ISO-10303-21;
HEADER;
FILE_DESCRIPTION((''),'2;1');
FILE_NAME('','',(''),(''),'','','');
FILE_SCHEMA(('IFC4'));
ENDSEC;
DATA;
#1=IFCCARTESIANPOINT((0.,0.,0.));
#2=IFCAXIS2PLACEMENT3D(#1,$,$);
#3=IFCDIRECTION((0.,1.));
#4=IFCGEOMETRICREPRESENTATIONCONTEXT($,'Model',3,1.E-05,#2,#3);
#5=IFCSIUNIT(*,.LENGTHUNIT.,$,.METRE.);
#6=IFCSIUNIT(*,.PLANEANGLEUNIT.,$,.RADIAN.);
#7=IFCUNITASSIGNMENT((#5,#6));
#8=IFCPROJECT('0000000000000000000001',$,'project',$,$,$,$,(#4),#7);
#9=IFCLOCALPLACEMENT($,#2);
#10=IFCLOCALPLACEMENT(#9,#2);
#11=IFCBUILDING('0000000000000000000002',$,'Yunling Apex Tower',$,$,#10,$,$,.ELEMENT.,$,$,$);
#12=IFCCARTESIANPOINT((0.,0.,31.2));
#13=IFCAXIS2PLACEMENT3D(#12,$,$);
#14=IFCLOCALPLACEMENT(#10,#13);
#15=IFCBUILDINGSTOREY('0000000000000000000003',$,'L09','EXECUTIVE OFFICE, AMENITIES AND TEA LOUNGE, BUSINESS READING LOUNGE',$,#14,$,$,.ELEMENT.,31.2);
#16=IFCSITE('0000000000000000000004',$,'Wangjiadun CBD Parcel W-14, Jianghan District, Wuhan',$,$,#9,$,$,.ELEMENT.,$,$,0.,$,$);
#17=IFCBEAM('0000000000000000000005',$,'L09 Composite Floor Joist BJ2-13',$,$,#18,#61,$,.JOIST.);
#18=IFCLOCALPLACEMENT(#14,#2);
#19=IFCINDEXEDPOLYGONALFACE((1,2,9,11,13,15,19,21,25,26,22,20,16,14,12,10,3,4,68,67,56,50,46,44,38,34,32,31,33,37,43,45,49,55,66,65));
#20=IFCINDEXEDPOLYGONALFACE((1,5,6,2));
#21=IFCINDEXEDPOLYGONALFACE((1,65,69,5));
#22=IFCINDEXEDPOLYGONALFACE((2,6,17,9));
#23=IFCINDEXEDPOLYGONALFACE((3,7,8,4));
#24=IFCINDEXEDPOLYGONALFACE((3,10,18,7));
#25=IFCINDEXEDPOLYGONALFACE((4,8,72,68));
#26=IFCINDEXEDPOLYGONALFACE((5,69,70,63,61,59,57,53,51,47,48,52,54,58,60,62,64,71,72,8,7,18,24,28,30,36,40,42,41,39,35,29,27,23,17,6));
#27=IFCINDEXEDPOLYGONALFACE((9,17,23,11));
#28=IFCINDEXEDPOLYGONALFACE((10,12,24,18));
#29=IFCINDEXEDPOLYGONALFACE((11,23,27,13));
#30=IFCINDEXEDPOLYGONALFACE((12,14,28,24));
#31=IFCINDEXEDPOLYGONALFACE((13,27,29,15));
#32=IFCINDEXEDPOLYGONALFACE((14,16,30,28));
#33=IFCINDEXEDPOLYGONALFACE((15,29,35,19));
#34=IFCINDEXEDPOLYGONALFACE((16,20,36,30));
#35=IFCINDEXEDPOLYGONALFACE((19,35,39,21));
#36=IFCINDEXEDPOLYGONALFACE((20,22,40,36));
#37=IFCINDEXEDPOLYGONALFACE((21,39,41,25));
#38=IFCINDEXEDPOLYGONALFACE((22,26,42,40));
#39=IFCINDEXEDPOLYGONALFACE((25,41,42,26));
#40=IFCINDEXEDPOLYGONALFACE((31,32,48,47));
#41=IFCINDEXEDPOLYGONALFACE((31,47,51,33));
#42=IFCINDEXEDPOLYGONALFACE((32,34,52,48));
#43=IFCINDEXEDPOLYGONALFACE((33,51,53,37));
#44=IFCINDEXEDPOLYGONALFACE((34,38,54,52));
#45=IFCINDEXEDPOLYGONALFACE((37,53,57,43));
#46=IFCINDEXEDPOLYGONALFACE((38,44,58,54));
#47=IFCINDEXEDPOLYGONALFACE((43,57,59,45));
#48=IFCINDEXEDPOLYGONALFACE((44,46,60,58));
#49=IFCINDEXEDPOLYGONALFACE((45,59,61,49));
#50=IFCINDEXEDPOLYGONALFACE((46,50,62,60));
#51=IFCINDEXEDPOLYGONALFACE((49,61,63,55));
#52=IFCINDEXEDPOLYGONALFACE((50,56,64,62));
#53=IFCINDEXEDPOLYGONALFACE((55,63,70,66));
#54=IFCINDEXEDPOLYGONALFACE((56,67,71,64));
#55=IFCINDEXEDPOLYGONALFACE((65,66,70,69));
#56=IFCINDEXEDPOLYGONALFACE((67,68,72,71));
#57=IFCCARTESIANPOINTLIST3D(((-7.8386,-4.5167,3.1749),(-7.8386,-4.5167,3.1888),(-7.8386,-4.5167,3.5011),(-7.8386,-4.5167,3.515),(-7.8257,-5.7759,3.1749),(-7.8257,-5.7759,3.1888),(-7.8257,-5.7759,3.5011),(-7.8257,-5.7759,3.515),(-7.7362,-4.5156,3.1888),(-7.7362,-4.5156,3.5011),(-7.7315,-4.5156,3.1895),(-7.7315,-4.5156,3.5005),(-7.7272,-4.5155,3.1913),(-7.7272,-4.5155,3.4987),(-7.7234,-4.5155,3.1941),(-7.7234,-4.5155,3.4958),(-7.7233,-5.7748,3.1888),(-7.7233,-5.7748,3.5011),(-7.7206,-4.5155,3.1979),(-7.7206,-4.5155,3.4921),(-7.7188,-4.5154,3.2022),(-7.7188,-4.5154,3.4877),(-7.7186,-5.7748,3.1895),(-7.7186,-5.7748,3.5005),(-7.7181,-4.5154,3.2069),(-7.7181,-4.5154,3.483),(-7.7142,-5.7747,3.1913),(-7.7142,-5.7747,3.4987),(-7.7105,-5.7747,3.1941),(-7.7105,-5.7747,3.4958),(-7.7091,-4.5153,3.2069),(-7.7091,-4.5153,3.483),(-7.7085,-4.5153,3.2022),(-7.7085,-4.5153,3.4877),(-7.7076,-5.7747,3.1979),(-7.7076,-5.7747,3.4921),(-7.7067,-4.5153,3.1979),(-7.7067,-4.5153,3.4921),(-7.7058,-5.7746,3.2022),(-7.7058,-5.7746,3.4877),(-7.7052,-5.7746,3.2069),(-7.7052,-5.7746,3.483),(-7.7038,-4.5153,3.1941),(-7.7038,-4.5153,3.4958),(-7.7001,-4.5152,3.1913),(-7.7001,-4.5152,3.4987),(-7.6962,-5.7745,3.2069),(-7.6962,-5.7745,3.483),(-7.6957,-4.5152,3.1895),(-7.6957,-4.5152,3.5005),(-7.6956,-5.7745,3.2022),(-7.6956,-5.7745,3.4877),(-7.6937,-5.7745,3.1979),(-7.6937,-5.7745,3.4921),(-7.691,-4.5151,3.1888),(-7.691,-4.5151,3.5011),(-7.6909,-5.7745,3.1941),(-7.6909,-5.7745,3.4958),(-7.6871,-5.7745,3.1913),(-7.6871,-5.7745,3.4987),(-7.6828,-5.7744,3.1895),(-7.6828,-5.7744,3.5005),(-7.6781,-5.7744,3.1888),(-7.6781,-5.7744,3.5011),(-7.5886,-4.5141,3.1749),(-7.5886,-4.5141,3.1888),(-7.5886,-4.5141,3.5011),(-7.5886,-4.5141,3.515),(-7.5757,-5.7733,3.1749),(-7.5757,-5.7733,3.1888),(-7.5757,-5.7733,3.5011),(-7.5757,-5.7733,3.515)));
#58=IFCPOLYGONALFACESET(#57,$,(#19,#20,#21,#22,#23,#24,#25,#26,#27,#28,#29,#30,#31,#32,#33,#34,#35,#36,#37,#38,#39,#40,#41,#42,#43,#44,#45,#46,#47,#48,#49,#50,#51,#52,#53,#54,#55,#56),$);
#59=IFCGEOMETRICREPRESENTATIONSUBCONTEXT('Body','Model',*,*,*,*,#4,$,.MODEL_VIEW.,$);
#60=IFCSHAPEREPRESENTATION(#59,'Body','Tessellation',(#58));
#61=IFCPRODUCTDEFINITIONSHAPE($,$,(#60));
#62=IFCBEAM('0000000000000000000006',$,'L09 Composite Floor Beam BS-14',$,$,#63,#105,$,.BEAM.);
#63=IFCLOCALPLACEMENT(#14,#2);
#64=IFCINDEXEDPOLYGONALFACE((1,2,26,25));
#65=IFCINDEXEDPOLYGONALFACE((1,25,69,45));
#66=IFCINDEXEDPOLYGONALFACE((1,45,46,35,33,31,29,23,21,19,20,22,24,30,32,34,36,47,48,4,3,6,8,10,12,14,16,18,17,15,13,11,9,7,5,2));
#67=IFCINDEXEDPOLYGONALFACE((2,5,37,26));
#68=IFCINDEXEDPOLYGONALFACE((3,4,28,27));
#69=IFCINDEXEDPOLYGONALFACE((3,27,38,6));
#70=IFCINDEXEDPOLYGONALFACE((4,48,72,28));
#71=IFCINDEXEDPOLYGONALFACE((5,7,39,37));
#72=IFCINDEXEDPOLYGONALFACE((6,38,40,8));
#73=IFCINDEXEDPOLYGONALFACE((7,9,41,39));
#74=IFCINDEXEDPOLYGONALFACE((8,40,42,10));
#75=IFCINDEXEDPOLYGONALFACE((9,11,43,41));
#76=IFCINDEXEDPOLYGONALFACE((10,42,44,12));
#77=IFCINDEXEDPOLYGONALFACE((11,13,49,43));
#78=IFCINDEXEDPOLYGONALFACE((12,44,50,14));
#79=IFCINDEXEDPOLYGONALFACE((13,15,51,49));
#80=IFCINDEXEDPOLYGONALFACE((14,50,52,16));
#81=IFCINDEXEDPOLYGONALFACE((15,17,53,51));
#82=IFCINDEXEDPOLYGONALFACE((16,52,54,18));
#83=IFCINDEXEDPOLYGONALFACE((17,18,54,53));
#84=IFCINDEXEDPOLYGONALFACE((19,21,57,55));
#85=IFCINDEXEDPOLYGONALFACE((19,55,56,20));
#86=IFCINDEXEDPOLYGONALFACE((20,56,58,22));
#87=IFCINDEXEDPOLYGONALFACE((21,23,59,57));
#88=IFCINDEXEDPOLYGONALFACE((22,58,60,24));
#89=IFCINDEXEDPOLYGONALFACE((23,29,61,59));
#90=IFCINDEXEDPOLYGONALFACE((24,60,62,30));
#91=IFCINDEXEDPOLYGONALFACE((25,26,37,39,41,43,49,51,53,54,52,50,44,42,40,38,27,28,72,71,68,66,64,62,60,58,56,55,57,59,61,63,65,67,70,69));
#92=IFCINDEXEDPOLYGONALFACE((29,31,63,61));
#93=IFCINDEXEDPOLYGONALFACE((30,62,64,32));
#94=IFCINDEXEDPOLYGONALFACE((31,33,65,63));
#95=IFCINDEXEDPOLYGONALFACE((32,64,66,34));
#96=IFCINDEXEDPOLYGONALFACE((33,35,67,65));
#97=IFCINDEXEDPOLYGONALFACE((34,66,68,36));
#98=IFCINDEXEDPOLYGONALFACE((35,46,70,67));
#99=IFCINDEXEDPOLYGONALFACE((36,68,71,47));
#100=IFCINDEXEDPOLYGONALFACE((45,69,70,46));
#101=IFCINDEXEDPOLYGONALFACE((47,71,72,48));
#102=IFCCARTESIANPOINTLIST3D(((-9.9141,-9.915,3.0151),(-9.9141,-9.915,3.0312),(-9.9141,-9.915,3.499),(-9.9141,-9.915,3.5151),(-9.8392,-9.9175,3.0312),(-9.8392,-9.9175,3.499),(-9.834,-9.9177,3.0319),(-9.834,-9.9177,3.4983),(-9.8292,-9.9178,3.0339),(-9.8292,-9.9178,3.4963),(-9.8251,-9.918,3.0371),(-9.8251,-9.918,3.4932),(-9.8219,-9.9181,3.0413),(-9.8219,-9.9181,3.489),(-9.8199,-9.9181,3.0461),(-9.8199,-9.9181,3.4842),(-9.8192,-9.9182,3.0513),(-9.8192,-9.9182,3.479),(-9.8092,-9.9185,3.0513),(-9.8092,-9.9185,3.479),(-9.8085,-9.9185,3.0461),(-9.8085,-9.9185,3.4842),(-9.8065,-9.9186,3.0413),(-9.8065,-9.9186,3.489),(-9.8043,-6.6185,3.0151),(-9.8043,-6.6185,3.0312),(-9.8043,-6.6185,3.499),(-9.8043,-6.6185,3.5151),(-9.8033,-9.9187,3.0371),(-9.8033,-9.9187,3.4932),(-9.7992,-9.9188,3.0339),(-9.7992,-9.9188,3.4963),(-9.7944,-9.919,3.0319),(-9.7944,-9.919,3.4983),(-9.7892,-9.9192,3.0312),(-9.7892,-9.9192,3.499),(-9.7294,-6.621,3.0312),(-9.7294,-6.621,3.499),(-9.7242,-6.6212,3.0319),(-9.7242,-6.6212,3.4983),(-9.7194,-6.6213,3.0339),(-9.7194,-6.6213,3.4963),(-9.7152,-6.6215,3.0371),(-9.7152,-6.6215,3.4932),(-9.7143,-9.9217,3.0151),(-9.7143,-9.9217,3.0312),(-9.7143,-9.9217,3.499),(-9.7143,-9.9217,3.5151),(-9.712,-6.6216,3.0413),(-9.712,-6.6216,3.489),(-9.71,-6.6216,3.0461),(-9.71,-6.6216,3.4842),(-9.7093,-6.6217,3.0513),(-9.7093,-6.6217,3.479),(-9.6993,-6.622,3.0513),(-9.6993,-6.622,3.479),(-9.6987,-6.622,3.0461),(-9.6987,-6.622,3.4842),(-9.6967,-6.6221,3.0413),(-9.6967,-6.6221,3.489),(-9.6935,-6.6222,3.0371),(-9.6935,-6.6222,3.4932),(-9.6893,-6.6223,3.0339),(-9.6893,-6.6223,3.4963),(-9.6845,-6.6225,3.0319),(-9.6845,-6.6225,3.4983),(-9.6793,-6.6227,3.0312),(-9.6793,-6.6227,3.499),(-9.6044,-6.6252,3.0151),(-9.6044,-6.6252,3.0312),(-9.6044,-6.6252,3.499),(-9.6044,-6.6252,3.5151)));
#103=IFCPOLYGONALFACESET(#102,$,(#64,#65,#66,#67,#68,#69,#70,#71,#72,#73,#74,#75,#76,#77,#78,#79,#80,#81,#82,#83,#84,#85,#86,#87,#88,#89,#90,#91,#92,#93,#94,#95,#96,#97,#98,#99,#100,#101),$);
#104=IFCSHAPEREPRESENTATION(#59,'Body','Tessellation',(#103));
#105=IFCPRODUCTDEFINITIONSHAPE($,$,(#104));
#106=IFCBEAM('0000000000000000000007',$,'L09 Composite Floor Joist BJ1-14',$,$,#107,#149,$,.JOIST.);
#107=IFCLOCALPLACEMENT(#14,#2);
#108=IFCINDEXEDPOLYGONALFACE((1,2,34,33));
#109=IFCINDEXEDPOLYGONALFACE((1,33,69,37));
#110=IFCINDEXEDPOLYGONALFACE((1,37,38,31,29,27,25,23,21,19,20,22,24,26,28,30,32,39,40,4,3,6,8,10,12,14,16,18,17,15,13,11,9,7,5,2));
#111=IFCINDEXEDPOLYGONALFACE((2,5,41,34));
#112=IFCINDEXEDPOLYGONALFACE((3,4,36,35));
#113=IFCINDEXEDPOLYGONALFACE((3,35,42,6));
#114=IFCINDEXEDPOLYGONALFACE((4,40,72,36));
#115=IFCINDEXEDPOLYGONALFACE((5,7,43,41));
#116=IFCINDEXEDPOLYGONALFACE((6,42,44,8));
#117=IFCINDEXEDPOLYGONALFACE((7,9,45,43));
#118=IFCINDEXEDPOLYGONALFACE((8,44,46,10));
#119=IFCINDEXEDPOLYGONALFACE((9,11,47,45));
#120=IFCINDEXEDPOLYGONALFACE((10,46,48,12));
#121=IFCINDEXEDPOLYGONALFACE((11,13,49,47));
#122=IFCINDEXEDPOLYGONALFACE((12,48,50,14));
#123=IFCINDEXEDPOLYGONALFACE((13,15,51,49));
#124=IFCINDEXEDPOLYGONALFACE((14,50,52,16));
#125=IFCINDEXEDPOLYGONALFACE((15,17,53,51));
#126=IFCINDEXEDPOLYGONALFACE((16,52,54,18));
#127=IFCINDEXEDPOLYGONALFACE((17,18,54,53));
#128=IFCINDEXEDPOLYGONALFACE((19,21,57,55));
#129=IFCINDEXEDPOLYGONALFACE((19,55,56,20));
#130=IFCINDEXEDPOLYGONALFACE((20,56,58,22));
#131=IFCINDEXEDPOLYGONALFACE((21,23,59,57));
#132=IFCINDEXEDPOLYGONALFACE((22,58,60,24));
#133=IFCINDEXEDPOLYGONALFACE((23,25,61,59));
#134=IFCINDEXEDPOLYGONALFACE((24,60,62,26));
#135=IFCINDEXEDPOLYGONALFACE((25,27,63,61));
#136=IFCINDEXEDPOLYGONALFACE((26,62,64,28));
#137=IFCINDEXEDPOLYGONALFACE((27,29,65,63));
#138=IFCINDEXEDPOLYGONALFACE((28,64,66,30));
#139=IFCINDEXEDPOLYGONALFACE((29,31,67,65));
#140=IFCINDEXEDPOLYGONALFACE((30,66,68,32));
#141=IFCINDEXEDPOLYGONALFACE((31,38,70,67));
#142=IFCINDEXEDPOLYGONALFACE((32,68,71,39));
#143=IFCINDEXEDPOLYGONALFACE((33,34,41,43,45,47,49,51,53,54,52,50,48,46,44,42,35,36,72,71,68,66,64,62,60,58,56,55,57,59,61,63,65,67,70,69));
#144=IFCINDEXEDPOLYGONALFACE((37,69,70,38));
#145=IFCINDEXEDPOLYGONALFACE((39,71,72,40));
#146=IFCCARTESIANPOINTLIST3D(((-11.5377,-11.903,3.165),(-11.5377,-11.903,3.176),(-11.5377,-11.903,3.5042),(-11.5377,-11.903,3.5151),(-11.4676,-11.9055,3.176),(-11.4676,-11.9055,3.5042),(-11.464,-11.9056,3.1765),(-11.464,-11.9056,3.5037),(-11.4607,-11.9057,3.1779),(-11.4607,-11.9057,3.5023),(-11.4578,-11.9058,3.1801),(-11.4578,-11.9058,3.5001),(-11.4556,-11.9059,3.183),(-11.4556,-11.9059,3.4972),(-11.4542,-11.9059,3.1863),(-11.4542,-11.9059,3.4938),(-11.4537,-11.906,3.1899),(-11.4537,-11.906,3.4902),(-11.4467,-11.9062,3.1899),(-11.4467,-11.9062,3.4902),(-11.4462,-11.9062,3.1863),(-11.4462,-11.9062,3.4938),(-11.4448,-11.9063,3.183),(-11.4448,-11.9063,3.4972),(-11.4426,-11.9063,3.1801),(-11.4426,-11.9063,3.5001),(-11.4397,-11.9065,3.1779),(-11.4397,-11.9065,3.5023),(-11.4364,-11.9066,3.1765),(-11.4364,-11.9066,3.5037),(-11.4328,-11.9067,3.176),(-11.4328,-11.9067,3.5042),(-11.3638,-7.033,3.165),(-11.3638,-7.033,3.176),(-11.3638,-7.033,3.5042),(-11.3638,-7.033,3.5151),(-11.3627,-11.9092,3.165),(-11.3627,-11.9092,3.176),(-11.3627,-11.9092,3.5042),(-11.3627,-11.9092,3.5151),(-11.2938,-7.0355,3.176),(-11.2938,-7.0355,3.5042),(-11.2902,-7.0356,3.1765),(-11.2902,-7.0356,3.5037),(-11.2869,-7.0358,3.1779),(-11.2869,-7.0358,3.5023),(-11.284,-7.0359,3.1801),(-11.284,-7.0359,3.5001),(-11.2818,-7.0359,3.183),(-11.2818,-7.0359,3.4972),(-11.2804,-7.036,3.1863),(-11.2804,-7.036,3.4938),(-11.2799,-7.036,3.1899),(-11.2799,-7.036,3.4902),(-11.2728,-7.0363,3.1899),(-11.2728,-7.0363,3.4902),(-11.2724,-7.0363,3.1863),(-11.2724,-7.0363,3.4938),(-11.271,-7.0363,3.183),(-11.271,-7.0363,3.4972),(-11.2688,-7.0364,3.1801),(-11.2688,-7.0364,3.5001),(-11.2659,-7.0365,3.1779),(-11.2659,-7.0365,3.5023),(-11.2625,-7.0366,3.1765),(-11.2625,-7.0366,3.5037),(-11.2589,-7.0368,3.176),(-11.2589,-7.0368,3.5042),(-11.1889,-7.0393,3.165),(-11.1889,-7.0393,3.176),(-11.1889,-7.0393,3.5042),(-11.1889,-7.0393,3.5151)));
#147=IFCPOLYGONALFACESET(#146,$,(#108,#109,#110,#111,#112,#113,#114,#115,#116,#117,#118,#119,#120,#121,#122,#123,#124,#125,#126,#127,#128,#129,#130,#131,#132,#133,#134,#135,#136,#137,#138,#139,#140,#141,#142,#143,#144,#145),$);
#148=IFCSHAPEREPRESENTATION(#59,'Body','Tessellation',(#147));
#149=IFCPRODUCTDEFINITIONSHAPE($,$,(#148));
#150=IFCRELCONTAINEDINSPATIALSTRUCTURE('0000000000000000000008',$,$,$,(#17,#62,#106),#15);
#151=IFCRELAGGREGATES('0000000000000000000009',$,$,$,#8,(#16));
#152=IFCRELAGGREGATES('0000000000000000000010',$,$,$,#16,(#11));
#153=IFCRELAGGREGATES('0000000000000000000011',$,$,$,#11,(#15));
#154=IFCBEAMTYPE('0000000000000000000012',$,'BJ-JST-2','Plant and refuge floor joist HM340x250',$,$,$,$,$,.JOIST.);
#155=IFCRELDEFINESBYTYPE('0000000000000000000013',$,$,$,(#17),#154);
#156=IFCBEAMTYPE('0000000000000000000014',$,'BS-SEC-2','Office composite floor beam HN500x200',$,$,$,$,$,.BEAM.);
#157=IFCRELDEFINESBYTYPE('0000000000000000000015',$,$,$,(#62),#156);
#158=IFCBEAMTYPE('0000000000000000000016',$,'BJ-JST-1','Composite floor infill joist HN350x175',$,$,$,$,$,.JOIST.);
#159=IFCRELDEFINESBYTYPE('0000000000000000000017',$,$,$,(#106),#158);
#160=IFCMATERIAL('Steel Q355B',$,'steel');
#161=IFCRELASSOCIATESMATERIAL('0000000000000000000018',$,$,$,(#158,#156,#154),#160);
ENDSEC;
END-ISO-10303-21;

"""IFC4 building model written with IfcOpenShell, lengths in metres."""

from ifc_helpers import new_model, si_unit, direction, frame, origin, origin_2d, place, context, subcontext, project, spatial, i_section, extrude, source, transform, mapped, material, material_profile, profile_set, type_object, element, save


model = new_model("IFC4")

# Units and contexts
model_context = context("Model", 3, precision=1e-05, world=origin(), true_north=direction((0.0, 1.0)))
body_context = subcontext(model_context, "Body", "Model", "MODEL_VIEW")
ifc_project = project(units=[si_unit("LENGTHUNIT", "METRE"), si_unit("PLANEANGLEUNIT", "RADIAN")], contexts=[model_context])

# Site, building, storey
site_placement = place(None, origin())
site = spatial("IfcSite", under=ifc_project, at=site_placement, Name="Wangjiadun CBD Parcel W-14, Jianghan District, Wuhan", CompositionType="ELEMENT", RefElevation=0.0)
building_placement = place(site_placement, origin())
building = spatial("IfcBuilding", under=site, at=building_placement, Name="Yunling Apex Tower", CompositionType="ELEMENT")
storey_placement = place(building_placement, frame((0.0, 0.0, 31.2)))
storey = spatial("IfcBuildingStorey", under=building, at=storey_placement, Name="L09", Description="EXECUTIVE OFFICE, AMENITIES AND TEA LOUNGE, BUSINESS READING LOUNGE", CompositionType="ELEMENT", Elevation=31.2)

# Beams
ifc_material_1 = material(Name="Steel Q355B", Category="steel")
ifc_material_profile_1 = material_profile(ifc_material_1, i_section(OverallWidth=0.175, OverallDepth=0.3501, WebThickness=0.0071, FlangeThickness=0.011, FilletRadius=0.0139, at=origin_2d()))
ifc_profile_set_1 = profile_set([ifc_material_profile_1], Name="Steel Q355B")
beam_type_1 = type_object("IfcBeamType", Name="BJ-JST-1", Description="Composite floor infill joist HN350x175", PredefinedType="JOIST", material=ifc_profile_set_1)
ifc_material_profile_2 = material_profile(ifc_material_1, i_section(OverallWidth=0.2, OverallDepth=0.5, WebThickness=0.01, FlangeThickness=0.0161, FilletRadius=0.02, at=origin_2d()))
ifc_profile_set_2 = profile_set([ifc_material_profile_2], Name="Steel Q355B")
beam_type_2 = type_object("IfcBeamType", Name="BS-SEC-2", Description="Office composite floor beam HN500x200", PredefinedType="BEAM", material=ifc_profile_set_2)
ifc_material_profile_3 = material_profile(ifc_material_1, i_section(OverallWidth=0.25, OverallDepth=0.3401, WebThickness=0.009, FlangeThickness=0.0139, FilletRadius=0.0181, at=origin_2d()))
ifc_profile_set_3 = profile_set([ifc_material_profile_3], Name="Steel Q355B")
beam_type_3 = type_object("IfcBeamType", Name="BJ-JST-2", Description="Plant and refuge floor joist HM340x250", PredefinedType="JOIST", material=ifc_profile_set_3)
shared_shape_1 = source(origin(), body_context, "Body", "SweptSolid", [
    extrude(i_section(OverallWidth=0.25, OverallDepth=0.3401, WebThickness=0.009, FlangeThickness=0.0139, FilletRadius=0.0181, at=origin_2d()), origin(), (0.0, 0.0, 1.0), 1.2593),
])
beam_1_placement = place(storey_placement, frame((-7.7136, -4.5154, 3.345), z_axis=(0.010275, -0.999947, 0.0), x_axis=(0.999947, 0.010275, 0.0)))
element("IfcBeam", 1, at=beam_1_placement, inside=storey, type_object=beam_type_3, Name="L09 Composite Floor Joist BJ2-13", PredefinedType="JOIST", context=body_context, shape_type="MappedRepresentation", body=[
    mapped(shared_shape_1, transform((0.0, 0.0, 0.0), scale=1.0)),
])
shared_shape_2 = source(origin(), body_context, "Body", "SweptSolid", [
    extrude(i_section(OverallWidth=0.2, OverallDepth=0.5, WebThickness=0.01, FlangeThickness=0.0161, FilletRadius=0.02, at=origin_2d()), origin(), (0.0, 0.0, 1.0), 3.2983),
])
beam_2_placement = place(storey_placement, frame((-9.7043, -6.6218, 3.2651), z_axis=(-0.033307, -0.999445, 0.0), x_axis=(0.999445, -0.033307, 0.0)))
element("IfcBeam", 2, at=beam_2_placement, inside=storey, type_object=beam_type_2, Name="L09 Composite Floor Beam BS-14", PredefinedType="BEAM", context=body_context, shape_type="MappedRepresentation", body=[
    mapped(shared_shape_2, transform((0.0, 0.0, 0.0), scale=1.0)),
])
shared_shape_3 = source(origin(), body_context, "Body", "SweptSolid", [
    extrude(i_section(OverallWidth=0.175, OverallDepth=0.3501, WebThickness=0.0071, FlangeThickness=0.011, FilletRadius=0.0139, at=origin_2d()), origin(), (0.0, 0.0, 1.0), 4.873),
])
beam_3_placement = place(storey_placement, frame((-11.2764, -7.0361, 3.3401), z_axis=(-0.035672, -0.999364, 0.0), x_axis=(0.999364, -0.035672, 0.0)))
element("IfcBeam", 3, at=beam_3_placement, inside=storey, type_object=beam_type_1, Name="L09 Composite Floor Joist BJ1-14", PredefinedType="JOIST", context=body_context, shape_type="MappedRepresentation", body=[
    mapped(shared_shape_3, transform((0.0, 0.0, 0.0), scale=1.0)),
])

save(model, "model.ifc")
